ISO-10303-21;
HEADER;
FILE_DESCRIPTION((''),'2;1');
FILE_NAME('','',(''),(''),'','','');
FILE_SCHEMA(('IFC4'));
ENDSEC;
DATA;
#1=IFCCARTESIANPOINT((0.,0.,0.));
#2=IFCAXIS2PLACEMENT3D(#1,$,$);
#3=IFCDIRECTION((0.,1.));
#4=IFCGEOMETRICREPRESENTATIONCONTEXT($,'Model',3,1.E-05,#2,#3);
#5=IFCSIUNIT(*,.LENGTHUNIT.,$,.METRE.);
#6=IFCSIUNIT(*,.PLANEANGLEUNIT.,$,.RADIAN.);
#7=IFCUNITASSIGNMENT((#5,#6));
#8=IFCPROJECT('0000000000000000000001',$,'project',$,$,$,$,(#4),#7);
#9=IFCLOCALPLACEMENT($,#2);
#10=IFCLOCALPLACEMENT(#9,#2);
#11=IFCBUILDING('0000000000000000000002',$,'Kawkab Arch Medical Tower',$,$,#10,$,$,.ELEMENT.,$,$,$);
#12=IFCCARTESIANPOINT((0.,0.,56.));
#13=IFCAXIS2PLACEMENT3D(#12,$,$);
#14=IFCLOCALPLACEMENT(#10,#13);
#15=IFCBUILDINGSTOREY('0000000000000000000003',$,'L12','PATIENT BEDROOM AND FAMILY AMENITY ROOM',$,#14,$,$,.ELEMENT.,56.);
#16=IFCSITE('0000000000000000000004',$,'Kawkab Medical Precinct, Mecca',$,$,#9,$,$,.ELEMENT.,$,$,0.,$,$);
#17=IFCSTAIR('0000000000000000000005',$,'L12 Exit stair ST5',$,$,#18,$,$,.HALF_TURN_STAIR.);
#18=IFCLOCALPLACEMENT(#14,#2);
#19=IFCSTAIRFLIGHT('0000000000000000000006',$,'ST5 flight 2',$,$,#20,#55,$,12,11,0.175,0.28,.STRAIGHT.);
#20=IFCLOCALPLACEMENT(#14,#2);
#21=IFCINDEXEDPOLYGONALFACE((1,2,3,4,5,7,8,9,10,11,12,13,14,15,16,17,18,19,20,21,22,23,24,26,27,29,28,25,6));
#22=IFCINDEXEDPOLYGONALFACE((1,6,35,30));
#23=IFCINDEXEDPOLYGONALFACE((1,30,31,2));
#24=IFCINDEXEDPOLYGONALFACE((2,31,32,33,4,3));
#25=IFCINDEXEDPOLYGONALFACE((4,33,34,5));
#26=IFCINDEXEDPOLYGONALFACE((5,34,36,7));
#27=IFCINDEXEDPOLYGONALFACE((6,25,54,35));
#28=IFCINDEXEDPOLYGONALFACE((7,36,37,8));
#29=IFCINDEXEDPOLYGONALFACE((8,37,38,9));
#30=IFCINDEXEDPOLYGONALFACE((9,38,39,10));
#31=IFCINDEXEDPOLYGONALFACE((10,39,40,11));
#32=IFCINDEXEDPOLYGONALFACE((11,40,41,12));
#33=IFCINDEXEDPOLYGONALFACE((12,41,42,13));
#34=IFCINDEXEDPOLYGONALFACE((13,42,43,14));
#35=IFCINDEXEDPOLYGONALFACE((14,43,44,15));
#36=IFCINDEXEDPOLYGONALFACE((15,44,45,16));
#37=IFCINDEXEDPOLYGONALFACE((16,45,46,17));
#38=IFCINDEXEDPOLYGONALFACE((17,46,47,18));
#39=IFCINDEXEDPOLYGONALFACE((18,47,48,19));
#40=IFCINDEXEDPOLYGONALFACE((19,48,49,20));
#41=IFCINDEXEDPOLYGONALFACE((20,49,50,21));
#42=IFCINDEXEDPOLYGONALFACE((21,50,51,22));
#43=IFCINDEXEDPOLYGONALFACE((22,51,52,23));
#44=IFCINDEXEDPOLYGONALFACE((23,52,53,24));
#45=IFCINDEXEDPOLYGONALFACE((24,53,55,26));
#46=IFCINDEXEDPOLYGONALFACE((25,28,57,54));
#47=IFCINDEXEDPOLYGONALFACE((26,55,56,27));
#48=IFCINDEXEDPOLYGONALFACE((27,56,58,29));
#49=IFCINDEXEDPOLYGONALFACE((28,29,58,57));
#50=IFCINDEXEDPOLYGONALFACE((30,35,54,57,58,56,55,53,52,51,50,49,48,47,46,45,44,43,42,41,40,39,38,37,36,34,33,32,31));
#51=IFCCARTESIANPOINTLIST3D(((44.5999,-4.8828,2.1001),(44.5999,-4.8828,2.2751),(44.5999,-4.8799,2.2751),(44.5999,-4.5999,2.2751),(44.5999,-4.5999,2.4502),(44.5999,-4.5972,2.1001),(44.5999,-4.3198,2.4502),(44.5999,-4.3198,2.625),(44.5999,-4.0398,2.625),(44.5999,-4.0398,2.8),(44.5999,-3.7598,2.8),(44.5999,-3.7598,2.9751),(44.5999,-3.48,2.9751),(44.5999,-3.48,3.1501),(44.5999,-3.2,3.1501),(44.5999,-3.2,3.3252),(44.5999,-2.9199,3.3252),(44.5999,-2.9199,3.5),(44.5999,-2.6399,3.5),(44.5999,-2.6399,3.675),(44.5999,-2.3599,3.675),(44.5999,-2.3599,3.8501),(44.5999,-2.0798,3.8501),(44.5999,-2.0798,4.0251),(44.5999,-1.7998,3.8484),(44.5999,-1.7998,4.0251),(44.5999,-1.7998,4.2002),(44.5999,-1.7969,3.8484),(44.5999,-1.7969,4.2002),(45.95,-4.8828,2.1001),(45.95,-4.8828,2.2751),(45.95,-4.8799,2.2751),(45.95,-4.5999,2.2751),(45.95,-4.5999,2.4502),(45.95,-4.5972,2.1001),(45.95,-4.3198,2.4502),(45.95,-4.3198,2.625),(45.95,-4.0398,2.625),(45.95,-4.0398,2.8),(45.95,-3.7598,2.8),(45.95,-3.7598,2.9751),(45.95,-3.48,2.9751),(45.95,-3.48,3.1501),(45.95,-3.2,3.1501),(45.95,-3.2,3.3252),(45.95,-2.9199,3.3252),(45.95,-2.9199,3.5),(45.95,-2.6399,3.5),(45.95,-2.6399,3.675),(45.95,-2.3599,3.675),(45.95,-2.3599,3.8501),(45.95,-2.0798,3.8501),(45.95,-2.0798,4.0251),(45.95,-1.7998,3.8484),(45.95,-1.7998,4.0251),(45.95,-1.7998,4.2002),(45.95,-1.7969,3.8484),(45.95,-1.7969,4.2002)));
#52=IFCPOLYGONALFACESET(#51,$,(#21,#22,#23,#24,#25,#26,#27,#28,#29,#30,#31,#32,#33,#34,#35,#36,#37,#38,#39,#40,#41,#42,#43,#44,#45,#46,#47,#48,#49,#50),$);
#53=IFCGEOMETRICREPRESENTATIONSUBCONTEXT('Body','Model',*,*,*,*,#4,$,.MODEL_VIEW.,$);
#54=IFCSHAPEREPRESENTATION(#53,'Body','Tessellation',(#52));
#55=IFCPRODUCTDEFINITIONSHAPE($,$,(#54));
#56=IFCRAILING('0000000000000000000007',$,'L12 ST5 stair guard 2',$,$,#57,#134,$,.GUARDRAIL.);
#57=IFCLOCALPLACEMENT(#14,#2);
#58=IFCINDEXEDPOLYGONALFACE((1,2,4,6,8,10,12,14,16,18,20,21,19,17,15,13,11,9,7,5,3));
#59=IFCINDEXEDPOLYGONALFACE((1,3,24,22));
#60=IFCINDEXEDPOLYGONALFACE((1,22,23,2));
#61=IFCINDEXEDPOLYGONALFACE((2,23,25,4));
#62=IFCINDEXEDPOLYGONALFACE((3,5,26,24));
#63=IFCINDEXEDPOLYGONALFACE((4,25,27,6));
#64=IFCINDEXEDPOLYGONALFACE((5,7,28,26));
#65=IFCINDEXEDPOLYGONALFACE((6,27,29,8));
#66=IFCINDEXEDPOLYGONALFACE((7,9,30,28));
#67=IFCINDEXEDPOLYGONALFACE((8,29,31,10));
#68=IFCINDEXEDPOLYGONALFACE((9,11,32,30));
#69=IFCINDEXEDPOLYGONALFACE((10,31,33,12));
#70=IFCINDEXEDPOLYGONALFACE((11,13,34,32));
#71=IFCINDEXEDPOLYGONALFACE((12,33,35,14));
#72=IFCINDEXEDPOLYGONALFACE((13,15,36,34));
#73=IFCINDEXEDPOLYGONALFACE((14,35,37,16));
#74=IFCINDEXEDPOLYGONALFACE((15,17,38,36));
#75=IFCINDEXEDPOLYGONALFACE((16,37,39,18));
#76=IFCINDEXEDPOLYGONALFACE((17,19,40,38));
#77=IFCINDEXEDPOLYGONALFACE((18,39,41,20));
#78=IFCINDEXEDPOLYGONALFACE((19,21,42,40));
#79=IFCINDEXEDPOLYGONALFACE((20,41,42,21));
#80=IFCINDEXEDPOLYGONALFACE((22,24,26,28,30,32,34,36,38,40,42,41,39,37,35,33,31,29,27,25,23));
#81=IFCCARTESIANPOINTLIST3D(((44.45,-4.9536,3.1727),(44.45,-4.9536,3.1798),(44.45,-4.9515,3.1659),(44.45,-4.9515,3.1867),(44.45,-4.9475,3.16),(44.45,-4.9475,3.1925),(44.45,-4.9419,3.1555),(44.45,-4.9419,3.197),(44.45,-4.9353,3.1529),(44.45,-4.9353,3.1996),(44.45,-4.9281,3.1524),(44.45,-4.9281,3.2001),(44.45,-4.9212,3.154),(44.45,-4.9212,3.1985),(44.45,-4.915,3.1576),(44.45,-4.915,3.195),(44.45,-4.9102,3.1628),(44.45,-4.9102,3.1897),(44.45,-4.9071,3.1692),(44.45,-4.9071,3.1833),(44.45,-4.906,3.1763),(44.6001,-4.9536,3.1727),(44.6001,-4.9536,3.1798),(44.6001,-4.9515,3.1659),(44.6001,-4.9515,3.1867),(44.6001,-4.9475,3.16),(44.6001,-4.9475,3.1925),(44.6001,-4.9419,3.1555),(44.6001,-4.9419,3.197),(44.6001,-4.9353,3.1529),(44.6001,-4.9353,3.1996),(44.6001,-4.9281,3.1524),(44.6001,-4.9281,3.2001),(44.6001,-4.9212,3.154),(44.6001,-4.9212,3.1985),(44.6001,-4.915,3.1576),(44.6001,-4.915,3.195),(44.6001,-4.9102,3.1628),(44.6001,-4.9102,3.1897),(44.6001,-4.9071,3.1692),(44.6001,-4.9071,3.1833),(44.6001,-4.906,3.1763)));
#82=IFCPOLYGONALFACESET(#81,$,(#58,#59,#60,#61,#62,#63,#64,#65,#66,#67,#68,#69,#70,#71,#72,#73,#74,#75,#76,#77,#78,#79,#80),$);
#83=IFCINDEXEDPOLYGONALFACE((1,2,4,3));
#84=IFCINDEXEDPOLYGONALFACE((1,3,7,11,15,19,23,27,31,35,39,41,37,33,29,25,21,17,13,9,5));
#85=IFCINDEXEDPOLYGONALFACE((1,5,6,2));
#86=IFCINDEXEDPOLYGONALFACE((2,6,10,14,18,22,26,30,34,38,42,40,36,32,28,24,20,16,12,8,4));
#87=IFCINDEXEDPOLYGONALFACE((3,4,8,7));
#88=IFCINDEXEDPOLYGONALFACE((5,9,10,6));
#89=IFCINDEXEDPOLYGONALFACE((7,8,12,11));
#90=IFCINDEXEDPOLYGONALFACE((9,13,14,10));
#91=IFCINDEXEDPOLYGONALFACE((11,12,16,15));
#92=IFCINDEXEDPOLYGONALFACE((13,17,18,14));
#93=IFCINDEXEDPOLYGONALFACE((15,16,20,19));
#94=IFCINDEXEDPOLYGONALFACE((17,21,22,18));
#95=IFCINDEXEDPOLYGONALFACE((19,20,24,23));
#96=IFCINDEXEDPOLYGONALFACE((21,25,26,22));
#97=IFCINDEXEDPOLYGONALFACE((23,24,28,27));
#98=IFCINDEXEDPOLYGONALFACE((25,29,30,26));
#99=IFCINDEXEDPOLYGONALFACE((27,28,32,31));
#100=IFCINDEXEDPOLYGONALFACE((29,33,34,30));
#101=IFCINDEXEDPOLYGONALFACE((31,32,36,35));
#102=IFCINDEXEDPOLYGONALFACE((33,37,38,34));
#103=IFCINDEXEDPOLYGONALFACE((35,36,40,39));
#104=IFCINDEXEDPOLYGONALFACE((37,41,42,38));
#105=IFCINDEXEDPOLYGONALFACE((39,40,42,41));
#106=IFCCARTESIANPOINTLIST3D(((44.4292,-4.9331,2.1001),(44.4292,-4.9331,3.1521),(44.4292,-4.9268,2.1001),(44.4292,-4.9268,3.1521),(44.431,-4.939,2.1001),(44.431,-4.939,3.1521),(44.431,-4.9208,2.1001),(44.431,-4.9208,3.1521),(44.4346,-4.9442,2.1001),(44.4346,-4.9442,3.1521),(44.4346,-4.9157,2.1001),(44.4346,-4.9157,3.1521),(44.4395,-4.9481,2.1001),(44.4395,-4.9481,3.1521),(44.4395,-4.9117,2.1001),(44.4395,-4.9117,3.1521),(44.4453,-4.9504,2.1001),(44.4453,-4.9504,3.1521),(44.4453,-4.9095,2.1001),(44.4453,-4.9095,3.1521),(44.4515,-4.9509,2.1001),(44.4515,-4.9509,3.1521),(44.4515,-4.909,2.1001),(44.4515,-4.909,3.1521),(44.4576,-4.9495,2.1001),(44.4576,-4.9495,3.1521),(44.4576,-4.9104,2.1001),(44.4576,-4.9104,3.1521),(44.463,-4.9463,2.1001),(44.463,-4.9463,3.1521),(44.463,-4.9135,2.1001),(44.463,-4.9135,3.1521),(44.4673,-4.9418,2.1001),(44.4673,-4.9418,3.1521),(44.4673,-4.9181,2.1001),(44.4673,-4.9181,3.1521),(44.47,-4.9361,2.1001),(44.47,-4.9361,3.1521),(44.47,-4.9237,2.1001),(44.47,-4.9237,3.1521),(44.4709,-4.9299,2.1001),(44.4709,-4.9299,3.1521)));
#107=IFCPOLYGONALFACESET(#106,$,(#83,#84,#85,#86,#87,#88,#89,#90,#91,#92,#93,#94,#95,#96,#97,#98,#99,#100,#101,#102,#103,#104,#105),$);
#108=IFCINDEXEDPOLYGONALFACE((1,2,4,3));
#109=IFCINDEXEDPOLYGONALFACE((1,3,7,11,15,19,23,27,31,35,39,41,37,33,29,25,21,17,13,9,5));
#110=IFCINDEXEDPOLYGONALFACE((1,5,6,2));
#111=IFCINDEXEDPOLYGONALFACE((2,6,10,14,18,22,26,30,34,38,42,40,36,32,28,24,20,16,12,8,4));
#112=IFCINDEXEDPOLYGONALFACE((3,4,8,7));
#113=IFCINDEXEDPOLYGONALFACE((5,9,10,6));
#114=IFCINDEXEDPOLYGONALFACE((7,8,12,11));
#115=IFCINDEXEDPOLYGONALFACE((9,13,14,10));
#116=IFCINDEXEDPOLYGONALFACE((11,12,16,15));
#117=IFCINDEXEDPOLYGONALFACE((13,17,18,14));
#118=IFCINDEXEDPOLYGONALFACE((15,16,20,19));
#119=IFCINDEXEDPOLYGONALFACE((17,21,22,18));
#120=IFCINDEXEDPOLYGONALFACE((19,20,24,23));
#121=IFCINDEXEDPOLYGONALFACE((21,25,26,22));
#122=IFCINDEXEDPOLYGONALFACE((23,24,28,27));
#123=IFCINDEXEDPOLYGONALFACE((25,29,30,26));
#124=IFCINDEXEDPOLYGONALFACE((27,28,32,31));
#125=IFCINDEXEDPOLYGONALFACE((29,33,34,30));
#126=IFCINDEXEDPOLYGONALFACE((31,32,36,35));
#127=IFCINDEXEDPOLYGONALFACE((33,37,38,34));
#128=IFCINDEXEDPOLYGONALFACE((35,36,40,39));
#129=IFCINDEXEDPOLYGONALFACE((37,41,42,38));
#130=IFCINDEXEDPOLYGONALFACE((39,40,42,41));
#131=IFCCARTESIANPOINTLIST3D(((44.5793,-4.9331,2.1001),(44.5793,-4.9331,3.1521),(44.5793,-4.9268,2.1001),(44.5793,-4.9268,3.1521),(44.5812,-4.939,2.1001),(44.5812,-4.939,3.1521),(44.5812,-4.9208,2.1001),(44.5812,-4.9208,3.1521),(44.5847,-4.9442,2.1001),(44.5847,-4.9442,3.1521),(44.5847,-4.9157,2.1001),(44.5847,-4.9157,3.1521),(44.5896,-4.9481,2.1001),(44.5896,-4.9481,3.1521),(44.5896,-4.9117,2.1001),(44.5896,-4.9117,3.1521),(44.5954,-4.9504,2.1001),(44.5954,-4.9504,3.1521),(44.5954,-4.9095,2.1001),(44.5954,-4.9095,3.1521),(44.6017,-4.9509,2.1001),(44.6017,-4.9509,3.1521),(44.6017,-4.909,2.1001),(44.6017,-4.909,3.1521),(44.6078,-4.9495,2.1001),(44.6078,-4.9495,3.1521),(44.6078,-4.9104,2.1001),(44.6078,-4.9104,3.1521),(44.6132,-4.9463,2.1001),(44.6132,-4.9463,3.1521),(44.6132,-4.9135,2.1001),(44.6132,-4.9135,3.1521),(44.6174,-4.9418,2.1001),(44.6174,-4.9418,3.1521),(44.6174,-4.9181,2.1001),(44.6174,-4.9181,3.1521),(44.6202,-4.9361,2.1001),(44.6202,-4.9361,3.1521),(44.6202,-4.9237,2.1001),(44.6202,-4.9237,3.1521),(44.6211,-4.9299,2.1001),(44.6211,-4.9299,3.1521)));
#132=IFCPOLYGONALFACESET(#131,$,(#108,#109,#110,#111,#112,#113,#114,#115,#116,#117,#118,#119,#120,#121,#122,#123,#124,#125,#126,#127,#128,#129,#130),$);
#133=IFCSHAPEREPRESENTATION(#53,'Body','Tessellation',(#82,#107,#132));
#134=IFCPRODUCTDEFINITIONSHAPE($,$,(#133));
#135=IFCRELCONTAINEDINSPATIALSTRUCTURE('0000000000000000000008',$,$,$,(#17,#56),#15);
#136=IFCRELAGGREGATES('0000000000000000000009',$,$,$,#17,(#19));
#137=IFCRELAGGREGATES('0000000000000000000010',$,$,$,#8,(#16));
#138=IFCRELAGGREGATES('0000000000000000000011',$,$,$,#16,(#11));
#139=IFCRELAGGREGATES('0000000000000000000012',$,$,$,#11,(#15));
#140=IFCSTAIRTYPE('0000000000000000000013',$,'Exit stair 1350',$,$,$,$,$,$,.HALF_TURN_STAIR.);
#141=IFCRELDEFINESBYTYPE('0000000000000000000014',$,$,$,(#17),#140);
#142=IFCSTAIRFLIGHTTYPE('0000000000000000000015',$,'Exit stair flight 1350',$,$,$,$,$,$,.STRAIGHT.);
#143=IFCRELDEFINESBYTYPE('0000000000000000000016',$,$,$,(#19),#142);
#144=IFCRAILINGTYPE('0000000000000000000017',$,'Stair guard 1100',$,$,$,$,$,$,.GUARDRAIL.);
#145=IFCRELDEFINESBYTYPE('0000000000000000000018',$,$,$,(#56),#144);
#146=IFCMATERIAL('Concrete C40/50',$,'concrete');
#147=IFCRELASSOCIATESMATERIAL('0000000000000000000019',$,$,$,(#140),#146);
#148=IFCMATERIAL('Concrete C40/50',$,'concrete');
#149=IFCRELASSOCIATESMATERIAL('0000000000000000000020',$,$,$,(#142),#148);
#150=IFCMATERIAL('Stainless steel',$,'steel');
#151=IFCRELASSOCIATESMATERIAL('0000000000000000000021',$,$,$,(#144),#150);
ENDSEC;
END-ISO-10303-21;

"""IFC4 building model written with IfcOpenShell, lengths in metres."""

from ifc_helpers import new_model, si_unit, direction, frame, origin, origin_2d, place, context, subcontext, project, spatial, polyline, circle, outline, extrude, material, type_object, element, aggregate, save


model = new_model("IFC4")

# Units and contexts
model_context = context("Model", 3, precision=1e-05, world=origin(), true_north=direction((0.0, 1.0)))
body_context = subcontext(model_context, "Body", "Model", "MODEL_VIEW")
ifc_project = project(units=[si_unit("LENGTHUNIT", "METRE"), si_unit("PLANEANGLEUNIT", "RADIAN")], contexts=[model_context])

# Site, building, storey
site_placement = place(None, origin())
site = spatial("IfcSite", under=ifc_project, at=site_placement, Name="Kawkab Medical Precinct, Mecca", CompositionType="ELEMENT", RefElevation=0.0)
building_placement = place(site_placement, origin())
building = spatial("IfcBuilding", under=site, at=building_placement, Name="Kawkab Arch Medical Tower", CompositionType="ELEMENT")
storey_placement = place(building_placement, frame((0.0, 0.0, 56.0)))
storey = spatial("IfcBuildingStorey", under=building, at=storey_placement, Name="L12", Description="PATIENT BEDROOM AND FAMILY AMENITY ROOM", CompositionType="ELEMENT", Elevation=56.0)

# Stair, stair flight
ifc_material_1 = material(Name="Concrete C40/50", Category="concrete")
stair_type = type_object("IfcStairType", Name="Exit stair 1350", PredefinedType="HALF_TURN_STAIR", material=ifc_material_1)
stair_placement = place(storey_placement, origin())
stair = element("IfcStair", 1, at=stair_placement, inside=storey, type_object=stair_type, Name="L12 Exit stair ST5", PredefinedType="HALF_TURN_STAIR")
ifc_material_2 = material(Name="Concrete C40/50", Category="concrete")
stair_flight_type = type_object("IfcStairFlightType", Name="Exit stair flight 1350", PredefinedType="STRAIGHT", material=ifc_material_2)
stair_flight_1_placement = place(storey_placement, frame((45.2749, -4.8799, 2.1001), z_axis=(0.0, 0.0, 1.0), x_axis=(0.0, 1.0, 0.0)))
stair_flight_1 = element("IfcStairFlight", 2, at=stair_flight_1_placement, type_object=stair_flight_type, Name="ST5 flight 2", NumberOfRisers=12, NumberOfTreads=11, PredefinedType="STRAIGHT", RiserHeight=0.175, TreadLength=0.28, context=body_context, shape_type="SweptSolid", body=[
    extrude(outline(polyline([(-0.0029, 0.0), (-0.0029, 0.175), (0.0, 0.175), (0.28, 0.175), (0.28, 0.3501), (0.5601, 0.3501), (0.5601, 0.5249), (0.8401, 0.5249), (0.8401, 0.7), (1.1201, 0.7), (1.1201, 0.875), (1.3999, 0.875), (1.3999, 1.05), (1.6799, 1.05), (1.6799, 1.2251), (1.96, 1.2251), (1.96, 1.3999), (2.24, 1.3999), (2.24, 1.575), (2.52, 1.575), (2.52, 1.75), (2.8, 1.75), (2.8, 1.925), (3.0801, 1.925), (3.0801, 2.1001), (3.083, 2.1001), (3.083, 1.7483), (3.0801, 1.7483), (0.2827, 0.0), (-0.0029, 0.0)])), frame((0.0, 0.675, 0.0), z_axis=(0.0, -1.0, 0.0), x_axis=(1.0, 0.0, 0.0)), (0.0, 0.0, 1.0), 1.3501),
])
aggregate(stair, [stair_flight_1])

# Railing
ifc_material_3 = material(Name="Stainless steel", Category="steel")
railing_type = type_object("IfcRailingType", Name="Stair guard 1100", PredefinedType="GUARDRAIL", material=ifc_material_3)
railing_1_placement = place(storey_placement, frame((44.45, -4.9299, 2.1001)))
element("IfcRailing", 3, at=railing_1_placement, inside=storey, type_object=railing_type, Name="L12 ST5 stair guard 2", PredefinedType="GUARDRAIL", context=body_context, shape_type="SweptSolid", body=[
    extrude(circle(Radius=0.0239, at=origin_2d()), frame((0.0, 0.0, 1.0762), z_axis=(1.0, 0.0, 0.0), x_axis=(0.0, 1.0, 0.0)), (0.0, 0.0, 1.0), 0.1501),
    extrude(circle(Radius=0.021, at=origin_2d()), origin(), (0.0, 0.0, 1.0), 1.052),
    extrude(circle(Radius=0.021, at=origin_2d()), frame((0.1501, 0.0, 0.0)), (0.0, 0.0, 1.0), 1.052),
])

save(model, "model.ifc")
